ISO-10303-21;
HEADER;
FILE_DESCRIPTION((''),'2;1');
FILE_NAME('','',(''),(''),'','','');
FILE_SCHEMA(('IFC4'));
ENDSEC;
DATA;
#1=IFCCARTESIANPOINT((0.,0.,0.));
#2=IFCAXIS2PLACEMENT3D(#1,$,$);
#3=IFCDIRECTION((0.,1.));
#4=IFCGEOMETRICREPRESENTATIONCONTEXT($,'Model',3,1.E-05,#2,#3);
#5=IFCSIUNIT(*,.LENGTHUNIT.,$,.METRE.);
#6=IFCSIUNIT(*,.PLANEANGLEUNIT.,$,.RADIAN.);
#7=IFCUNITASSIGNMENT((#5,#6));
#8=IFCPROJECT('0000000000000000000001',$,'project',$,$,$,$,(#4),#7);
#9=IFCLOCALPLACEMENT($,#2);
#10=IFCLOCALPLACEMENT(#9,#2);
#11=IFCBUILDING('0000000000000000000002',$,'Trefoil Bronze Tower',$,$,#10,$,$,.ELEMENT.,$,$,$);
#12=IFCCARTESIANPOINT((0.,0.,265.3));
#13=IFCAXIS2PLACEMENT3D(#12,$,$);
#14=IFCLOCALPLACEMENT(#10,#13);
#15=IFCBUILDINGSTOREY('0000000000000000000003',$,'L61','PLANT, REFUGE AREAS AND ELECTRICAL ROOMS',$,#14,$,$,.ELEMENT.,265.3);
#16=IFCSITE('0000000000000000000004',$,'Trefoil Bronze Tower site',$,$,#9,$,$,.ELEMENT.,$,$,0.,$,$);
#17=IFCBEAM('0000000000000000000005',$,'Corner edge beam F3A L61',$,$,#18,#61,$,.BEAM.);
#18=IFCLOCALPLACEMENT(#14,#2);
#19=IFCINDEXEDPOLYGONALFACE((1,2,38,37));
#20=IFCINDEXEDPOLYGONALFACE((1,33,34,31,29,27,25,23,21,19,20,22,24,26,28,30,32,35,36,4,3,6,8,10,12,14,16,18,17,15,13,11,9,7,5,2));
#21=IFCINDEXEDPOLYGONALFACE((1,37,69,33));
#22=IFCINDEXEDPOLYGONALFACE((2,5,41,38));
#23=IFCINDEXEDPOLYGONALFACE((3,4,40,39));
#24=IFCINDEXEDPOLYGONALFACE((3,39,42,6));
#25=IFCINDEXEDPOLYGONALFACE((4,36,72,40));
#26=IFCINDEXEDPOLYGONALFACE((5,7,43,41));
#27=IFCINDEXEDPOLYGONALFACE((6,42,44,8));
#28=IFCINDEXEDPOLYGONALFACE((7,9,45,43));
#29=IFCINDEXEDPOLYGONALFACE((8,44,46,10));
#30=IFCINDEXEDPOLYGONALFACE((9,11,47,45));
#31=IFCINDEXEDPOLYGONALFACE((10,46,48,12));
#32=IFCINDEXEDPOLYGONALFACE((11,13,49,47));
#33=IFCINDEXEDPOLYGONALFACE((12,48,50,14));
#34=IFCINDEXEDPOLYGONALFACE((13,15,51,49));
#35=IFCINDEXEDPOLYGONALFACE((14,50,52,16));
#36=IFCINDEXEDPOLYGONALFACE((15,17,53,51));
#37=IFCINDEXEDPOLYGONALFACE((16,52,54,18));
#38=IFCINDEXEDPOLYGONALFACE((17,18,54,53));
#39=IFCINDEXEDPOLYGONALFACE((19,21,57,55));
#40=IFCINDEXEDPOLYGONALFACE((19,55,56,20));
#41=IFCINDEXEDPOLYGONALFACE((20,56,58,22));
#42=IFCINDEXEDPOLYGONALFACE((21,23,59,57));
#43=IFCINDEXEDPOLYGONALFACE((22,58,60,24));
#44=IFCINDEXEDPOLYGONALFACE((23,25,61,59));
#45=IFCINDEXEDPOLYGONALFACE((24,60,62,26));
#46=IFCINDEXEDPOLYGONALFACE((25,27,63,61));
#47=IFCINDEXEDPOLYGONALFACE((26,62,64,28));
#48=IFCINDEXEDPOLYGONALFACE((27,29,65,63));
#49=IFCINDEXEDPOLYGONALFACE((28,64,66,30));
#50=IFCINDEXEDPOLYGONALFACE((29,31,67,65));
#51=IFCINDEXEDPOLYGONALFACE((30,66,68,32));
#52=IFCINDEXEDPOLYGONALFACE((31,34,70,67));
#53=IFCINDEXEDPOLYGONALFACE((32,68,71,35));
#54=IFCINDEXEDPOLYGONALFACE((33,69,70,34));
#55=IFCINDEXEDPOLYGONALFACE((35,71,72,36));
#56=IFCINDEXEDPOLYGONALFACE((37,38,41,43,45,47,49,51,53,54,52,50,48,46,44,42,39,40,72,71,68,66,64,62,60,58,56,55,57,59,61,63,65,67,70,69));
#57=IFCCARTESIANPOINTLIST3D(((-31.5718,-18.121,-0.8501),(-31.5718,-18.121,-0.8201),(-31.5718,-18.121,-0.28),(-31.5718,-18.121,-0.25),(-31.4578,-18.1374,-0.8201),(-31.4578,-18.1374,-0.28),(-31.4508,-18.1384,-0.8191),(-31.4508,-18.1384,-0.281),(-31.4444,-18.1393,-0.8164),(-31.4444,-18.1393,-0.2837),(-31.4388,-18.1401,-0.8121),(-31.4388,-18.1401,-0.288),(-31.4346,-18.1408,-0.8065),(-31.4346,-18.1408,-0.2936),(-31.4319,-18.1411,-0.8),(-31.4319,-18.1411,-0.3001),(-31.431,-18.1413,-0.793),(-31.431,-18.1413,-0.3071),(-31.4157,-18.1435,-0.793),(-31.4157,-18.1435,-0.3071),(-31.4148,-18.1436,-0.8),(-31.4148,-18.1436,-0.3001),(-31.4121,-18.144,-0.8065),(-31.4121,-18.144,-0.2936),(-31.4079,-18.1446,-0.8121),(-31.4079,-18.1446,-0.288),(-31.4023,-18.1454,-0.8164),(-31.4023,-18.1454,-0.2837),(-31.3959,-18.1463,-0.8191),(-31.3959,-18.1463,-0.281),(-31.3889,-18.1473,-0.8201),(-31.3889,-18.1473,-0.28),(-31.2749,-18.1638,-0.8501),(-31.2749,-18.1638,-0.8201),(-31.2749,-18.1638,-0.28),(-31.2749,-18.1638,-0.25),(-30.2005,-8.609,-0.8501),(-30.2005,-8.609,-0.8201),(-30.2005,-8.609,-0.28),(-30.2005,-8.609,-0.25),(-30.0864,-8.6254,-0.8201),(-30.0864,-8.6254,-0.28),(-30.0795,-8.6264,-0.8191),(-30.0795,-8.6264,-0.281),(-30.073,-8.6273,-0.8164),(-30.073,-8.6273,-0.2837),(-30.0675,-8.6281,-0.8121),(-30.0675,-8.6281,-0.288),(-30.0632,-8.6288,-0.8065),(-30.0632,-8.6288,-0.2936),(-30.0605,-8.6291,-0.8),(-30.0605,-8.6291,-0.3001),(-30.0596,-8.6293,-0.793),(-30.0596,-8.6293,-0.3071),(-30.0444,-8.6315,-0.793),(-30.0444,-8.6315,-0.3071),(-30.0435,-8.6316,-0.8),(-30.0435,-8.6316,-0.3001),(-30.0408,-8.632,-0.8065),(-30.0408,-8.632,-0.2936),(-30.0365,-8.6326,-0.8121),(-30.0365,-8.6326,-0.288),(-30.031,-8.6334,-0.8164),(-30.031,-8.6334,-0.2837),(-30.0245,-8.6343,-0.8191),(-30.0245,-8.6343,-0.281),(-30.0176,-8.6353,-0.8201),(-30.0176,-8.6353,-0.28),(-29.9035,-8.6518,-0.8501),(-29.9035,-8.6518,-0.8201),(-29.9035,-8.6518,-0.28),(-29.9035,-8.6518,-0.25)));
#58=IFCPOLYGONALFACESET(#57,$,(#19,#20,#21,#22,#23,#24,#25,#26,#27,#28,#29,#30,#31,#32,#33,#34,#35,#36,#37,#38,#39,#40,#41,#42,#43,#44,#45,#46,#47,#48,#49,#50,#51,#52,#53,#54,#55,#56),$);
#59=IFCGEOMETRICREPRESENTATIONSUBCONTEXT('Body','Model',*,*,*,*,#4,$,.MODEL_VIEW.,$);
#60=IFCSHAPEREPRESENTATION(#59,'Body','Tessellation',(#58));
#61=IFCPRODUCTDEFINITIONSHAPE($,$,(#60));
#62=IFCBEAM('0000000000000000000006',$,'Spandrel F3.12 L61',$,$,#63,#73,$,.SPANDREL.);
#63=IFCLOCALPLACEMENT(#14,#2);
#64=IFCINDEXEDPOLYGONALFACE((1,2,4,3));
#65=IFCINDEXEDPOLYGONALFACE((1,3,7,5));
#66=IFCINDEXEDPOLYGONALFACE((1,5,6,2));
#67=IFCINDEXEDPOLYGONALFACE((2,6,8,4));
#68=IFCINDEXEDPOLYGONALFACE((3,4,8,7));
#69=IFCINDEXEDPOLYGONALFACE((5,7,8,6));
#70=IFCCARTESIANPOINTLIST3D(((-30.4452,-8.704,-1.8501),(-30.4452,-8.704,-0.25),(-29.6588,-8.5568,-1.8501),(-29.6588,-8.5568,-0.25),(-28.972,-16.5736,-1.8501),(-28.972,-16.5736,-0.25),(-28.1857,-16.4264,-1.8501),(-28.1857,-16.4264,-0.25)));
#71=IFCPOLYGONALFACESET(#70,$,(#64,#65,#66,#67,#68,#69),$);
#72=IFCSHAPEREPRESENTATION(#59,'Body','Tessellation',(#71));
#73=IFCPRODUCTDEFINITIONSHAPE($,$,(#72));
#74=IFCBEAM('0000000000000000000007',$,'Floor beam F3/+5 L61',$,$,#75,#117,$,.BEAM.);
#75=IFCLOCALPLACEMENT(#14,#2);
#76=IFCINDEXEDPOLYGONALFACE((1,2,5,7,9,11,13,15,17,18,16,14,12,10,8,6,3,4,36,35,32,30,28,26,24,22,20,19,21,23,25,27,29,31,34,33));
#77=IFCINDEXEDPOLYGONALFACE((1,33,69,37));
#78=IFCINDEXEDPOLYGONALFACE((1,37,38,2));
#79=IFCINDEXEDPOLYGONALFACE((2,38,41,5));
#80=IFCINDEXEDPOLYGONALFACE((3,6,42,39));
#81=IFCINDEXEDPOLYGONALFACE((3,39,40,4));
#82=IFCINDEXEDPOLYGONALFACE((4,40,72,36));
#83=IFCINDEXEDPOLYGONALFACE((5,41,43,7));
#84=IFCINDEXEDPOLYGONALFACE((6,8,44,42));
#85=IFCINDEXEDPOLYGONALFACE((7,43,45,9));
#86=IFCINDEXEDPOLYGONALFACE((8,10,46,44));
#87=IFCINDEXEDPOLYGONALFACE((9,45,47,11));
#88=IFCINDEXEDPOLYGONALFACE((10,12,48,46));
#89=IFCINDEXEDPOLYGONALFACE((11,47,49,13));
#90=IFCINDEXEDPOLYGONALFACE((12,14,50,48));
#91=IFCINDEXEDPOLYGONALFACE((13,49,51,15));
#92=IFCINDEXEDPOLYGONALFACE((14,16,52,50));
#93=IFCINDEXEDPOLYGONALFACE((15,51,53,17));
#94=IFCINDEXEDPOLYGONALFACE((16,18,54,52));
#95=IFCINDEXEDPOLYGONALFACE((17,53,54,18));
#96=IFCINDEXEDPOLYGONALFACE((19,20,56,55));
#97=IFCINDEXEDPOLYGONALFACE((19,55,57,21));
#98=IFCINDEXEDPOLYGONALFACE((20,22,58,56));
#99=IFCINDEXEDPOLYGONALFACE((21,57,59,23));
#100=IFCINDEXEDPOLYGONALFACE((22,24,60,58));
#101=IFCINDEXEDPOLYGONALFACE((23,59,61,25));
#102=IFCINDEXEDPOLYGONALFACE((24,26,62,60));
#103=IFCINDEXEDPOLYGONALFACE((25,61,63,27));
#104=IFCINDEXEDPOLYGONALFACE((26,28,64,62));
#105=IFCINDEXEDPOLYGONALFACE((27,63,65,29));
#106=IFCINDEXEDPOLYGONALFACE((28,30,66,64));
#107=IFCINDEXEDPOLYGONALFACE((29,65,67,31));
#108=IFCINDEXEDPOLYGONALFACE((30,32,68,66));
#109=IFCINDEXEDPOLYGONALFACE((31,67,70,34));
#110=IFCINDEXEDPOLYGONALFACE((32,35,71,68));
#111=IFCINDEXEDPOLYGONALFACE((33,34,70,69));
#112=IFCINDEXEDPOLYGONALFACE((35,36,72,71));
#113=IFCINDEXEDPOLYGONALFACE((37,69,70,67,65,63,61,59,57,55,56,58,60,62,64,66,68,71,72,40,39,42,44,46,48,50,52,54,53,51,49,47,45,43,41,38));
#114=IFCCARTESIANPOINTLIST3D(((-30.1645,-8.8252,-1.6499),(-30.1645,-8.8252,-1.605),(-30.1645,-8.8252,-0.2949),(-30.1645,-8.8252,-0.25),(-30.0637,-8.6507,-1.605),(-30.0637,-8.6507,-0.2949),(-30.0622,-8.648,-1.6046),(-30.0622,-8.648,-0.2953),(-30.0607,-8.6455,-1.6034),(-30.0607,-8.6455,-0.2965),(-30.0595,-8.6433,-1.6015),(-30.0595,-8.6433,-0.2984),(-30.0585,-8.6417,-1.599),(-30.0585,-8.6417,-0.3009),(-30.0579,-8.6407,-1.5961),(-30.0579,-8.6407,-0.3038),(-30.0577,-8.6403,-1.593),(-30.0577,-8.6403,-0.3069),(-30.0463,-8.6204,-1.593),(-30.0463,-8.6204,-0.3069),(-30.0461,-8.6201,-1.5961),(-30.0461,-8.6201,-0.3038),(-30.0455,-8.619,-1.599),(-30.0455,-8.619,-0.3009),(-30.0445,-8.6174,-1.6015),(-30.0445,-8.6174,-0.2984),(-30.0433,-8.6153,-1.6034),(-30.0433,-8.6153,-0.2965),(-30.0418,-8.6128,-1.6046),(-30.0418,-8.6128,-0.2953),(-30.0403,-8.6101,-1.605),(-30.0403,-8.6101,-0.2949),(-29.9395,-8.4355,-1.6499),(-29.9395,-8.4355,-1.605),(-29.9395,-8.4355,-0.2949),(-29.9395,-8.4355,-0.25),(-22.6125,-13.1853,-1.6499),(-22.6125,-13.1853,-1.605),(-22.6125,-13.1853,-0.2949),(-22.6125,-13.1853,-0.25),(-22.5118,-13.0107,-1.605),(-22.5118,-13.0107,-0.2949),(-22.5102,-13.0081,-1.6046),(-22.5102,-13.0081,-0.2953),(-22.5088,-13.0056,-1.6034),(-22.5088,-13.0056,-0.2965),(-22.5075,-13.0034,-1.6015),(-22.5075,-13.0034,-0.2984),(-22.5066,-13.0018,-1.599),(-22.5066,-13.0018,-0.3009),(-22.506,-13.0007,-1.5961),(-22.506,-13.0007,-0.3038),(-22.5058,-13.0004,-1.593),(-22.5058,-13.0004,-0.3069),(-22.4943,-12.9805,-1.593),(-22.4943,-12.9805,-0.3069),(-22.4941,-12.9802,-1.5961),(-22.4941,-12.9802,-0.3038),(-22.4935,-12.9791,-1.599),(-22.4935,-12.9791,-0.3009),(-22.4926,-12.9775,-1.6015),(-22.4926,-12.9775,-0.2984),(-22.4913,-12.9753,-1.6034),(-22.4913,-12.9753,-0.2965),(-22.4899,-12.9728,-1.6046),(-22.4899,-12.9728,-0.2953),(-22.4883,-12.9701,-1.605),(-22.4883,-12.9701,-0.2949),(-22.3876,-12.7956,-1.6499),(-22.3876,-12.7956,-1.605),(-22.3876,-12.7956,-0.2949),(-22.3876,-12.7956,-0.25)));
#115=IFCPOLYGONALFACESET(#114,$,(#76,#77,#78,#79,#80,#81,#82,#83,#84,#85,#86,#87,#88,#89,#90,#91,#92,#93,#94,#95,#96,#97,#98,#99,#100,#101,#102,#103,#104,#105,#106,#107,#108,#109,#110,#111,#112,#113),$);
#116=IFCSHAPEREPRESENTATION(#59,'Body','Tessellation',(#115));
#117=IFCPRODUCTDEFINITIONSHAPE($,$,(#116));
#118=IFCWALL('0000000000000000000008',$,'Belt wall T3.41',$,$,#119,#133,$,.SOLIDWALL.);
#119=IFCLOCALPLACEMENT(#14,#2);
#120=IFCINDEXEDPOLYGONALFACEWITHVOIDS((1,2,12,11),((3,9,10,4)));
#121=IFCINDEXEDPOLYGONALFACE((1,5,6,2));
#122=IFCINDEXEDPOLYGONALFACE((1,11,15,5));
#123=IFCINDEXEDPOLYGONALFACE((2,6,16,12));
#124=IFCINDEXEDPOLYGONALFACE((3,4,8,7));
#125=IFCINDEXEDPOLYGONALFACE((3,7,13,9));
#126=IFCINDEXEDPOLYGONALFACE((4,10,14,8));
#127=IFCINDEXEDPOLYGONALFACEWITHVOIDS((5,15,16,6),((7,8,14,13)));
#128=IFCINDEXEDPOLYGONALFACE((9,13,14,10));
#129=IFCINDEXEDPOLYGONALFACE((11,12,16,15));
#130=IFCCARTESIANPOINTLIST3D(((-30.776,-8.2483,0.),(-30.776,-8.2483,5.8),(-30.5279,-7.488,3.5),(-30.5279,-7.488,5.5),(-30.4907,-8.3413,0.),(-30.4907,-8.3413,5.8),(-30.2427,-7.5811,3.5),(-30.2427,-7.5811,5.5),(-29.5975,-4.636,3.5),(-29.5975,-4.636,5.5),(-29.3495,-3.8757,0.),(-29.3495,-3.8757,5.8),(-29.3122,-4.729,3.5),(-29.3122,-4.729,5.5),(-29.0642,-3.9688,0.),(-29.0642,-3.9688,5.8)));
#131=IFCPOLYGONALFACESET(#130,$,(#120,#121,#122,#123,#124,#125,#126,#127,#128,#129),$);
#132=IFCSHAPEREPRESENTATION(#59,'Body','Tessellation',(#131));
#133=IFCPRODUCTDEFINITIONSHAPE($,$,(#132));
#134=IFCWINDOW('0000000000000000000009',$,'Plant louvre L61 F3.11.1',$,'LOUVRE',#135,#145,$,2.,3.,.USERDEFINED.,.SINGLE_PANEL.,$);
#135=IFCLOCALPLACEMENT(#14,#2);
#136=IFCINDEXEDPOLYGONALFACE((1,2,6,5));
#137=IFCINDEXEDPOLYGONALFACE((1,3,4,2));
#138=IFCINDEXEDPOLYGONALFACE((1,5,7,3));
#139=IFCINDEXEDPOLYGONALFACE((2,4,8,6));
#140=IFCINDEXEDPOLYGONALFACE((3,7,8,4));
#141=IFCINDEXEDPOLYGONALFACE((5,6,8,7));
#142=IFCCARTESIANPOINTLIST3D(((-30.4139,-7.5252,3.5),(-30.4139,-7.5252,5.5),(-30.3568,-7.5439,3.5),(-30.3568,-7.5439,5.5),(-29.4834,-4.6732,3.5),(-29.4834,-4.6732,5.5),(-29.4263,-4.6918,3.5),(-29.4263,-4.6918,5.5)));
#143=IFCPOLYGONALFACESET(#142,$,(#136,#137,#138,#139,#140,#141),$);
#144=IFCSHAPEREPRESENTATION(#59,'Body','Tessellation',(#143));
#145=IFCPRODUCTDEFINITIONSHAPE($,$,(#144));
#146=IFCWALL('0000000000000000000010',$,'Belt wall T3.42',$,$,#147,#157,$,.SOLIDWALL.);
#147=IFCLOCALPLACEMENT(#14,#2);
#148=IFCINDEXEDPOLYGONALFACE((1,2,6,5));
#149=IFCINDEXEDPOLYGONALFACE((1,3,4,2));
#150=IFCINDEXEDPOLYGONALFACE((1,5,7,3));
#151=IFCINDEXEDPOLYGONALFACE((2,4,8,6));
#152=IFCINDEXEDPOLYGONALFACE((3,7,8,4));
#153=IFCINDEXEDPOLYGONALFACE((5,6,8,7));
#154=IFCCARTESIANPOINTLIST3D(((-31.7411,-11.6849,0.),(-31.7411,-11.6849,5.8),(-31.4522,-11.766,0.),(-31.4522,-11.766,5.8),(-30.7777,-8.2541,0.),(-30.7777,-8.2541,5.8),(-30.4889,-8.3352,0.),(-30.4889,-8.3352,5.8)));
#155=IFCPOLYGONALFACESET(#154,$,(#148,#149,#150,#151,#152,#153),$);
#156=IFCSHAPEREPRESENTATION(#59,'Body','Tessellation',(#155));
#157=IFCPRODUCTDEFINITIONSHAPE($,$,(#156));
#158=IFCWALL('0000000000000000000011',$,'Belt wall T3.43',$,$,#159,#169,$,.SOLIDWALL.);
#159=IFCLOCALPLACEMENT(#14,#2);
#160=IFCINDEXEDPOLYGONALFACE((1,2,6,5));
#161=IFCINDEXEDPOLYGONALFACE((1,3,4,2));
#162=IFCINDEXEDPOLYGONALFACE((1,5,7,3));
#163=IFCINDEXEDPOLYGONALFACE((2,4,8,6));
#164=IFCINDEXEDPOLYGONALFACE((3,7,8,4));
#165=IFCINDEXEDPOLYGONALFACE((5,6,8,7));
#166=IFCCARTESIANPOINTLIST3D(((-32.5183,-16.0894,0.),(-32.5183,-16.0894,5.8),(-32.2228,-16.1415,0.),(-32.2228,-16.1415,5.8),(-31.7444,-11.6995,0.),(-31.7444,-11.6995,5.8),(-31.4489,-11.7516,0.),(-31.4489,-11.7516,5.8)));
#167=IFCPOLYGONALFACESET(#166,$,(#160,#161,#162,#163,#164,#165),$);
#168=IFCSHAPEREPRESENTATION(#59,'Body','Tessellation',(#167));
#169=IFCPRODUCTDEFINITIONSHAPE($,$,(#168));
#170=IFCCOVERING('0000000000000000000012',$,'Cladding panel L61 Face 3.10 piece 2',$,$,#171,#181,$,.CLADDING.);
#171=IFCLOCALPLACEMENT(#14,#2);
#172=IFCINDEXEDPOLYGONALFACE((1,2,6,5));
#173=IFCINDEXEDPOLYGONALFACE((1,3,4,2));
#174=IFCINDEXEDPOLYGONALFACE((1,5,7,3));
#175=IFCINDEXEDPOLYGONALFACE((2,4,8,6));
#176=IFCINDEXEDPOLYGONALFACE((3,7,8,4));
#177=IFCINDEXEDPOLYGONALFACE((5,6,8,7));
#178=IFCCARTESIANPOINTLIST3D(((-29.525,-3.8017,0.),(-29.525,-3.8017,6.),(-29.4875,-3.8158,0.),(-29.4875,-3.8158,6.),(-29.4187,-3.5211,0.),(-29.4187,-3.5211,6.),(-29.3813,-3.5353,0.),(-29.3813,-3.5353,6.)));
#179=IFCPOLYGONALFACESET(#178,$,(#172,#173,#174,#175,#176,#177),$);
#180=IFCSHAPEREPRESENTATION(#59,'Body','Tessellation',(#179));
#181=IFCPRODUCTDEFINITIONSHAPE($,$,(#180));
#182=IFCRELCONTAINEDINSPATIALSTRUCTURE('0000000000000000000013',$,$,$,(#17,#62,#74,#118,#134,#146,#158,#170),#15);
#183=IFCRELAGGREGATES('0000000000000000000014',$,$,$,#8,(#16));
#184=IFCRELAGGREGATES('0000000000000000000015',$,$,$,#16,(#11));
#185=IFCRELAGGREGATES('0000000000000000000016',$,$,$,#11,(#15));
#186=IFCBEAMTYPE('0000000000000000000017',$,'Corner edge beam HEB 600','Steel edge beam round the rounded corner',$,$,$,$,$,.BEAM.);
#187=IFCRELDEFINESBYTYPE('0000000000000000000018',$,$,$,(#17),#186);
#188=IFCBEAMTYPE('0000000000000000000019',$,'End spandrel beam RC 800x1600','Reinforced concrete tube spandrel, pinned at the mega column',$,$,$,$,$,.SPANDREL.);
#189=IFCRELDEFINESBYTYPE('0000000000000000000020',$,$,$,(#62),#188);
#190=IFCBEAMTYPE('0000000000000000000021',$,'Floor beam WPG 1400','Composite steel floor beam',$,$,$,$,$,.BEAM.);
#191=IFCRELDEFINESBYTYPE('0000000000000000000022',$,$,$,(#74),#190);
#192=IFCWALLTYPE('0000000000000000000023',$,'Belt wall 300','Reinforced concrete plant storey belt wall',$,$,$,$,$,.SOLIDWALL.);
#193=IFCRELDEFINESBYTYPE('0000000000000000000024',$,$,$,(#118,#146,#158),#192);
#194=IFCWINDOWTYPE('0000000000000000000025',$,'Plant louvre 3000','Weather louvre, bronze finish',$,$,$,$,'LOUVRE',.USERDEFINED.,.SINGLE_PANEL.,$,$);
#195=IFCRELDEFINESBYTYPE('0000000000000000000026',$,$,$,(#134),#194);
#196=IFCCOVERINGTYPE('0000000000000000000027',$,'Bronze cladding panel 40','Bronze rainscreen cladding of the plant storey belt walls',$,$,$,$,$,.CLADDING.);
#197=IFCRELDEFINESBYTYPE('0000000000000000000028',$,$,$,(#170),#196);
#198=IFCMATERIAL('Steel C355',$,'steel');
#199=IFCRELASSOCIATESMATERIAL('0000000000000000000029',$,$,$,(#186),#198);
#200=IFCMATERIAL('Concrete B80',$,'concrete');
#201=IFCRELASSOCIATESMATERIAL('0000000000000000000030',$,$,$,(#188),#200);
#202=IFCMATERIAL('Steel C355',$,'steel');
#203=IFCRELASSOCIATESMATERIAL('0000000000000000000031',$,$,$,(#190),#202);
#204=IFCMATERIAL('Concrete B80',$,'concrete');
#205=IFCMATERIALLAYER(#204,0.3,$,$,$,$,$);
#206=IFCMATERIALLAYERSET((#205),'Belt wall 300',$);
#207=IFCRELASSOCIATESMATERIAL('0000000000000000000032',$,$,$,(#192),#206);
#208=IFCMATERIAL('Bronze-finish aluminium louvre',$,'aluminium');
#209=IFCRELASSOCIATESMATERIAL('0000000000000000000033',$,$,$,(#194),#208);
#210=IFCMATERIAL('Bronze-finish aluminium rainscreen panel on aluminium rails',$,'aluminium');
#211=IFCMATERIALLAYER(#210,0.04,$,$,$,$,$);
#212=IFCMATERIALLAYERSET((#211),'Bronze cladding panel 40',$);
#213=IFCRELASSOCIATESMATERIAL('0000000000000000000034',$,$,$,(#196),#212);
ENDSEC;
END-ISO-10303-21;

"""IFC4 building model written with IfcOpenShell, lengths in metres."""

from ifc_helpers import new_model, si_unit, direction, frame, frame_2d, origin, origin_2d, place, context, subcontext, project, spatial, rectangle, i_section, extrude, material, layer, layer_set, material_profile, profile_set, type_object, element, fill, save


model = new_model("IFC4")

# Units and contexts
model_context = context("Model", 3, precision=1e-05, world=origin(), true_north=direction((0.0, 1.0)))
body_context = subcontext(model_context, "Body", "Model", "MODEL_VIEW")
ifc_project = project(units=[si_unit("LENGTHUNIT", "METRE"), si_unit("PLANEANGLEUNIT", "RADIAN")], contexts=[model_context])

# Site, building, storey
site_placement = place(None, origin())
site = spatial("IfcSite", under=ifc_project, at=site_placement, Name="Trefoil Bronze Tower site", CompositionType="ELEMENT", RefElevation=0.0)
building_placement = place(site_placement, origin())
building = spatial("IfcBuilding", under=site, at=building_placement, Name="Trefoil Bronze Tower", CompositionType="ELEMENT")
storey_placement = place(building_placement, frame((0.0, 0.0, 265.3)))
storey = spatial("IfcBuildingStorey", under=building, at=storey_placement, Name="L61", Description="PLANT, REFUGE AREAS AND ELECTRICAL ROOMS", CompositionType="ELEMENT", Elevation=265.3)

# Beams
ifc_material_1 = material(Name="Steel C355", Category="steel")
ifc_material_profile_1 = material_profile(ifc_material_1, i_section(OverallWidth=0.3, OverallDepth=0.6001, WebThickness=0.0154, FlangeThickness=0.03, FilletRadius=0.0271, at=origin_2d()), Name="HEB 600")
ifc_profile_set_1 = profile_set([ifc_material_profile_1], Name="Steel C355")
beam_type_1 = type_object("IfcBeamType", Name="Corner edge beam HEB 600", Description="Steel edge beam round the rounded corner", PredefinedType="BEAM", material=ifc_profile_set_1)
beam_1_placement = place(storey_placement, frame((-30.052, -8.6304, -0.55), z_axis=(-0.142694, -0.989767, 0.0), x_axis=(0.989767, -0.142694, 0.0)))
element("IfcBeam", 1, at=beam_1_placement, inside=storey, type_object=beam_type_1, Name="Corner edge beam F3A L61", PredefinedType="BEAM", context=body_context, shape_type="SweptSolid", body=[
    extrude(i_section(OverallWidth=0.3, OverallDepth=0.6001, WebThickness=0.0154, FlangeThickness=0.03, FilletRadius=0.0271, at=origin_2d()), origin(), (0.0, 0.0, 1.0), 9.6104),
])
ifc_material_2 = material(Name="Concrete B80", Category="concrete")
ifc_material_profile_2 = material_profile(ifc_material_2, rectangle(XDim=0.8, YDim=1.6001, at=origin_2d()), Name="RC 800x1600")
ifc_profile_set_2 = profile_set([ifc_material_profile_2], Name="Concrete B80")
beam_type_2 = type_object("IfcBeamType", Name="End spandrel beam RC 800x1600", Description="Reinforced concrete tube spandrel, pinned at the mega column", PredefinedType="SPANDREL", material=ifc_profile_set_2)
beam_2_placement = place(storey_placement, frame((-30.052, -8.6304, -1.05), z_axis=(0.183998, -0.982927, 0.0), x_axis=(0.982927, 0.183998, 0.0)))
element("IfcBeam", 2, at=beam_2_placement, inside=storey, type_object=beam_type_2, Name="Spandrel F3.12 L61", PredefinedType="SPANDREL", context=body_context, shape_type="SweptSolid", body=[
    extrude(rectangle(XDim=0.8, YDim=1.6001, at=origin_2d()), origin(), (0.0, 0.0, 1.0), 8.0063),
])
ifc_material_3 = material(Name="Steel C355", Category="steel")
ifc_material_profile_3 = material_profile(ifc_material_3, i_section(OverallWidth=0.45, OverallDepth=1.3999, WebThickness=0.0229, FlangeThickness=0.0449, FilletRadius=0.012, at=origin_2d()), Name="WPG 1400")
ifc_profile_set_3 = profile_set([ifc_material_profile_3], Name="Steel C355")
beam_type_3 = type_object("IfcBeamType", Name="Floor beam WPG 1400", Description="Composite steel floor beam", PredefinedType="BEAM", material=ifc_profile_set_3)
beam_3_placement = place(storey_placement, frame((-30.052, -8.6304, -0.95), z_axis=(0.866028, -0.499996, 0.0), x_axis=(0.499996, 0.866028, 0.0)))
element("IfcBeam", 3, at=beam_3_placement, inside=storey, type_object=beam_type_3, Name="Floor beam F3/+5 L61", PredefinedType="BEAM", context=body_context, shape_type="SweptSolid", body=[
    extrude(i_section(OverallWidth=0.45, OverallDepth=1.3999, WebThickness=0.0229, FlangeThickness=0.0449, FilletRadius=0.012, at=origin_2d()), origin(), (0.0, 0.0, 1.0), 8.7202),
])

# Wall, opening, window
ifc_material_4 = material(Name="Concrete B80", Category="concrete")
ifc_layer_1 = layer(ifc_material_4, 0.3)
ifc_layer_set_1 = layer_set([ifc_layer_1], Name="Belt wall 300")
wall_type = type_object("IfcWallType", Name="Belt wall 300", Description="Reinforced concrete plant storey belt wall", PredefinedType="SOLIDWALL", material=ifc_layer_set_1)
wall_1_placement = place(storey_placement, frame((-29.2068, -3.9221, 0.0), z_axis=(0.0, 0.0, 1.0), x_axis=(-0.310154, -0.950686, 0.0)))
wall_1 = element("IfcWall", 4, at=wall_1_placement, inside=storey, type_object=wall_type, Name="Belt wall T3.41", PredefinedType="SOLIDWALL", context=body_context, shape_type="SweptSolid", body=[
    extrude(rectangle(XDim=4.5994, YDim=0.3, at=frame_2d((2.2998, 0.0))), origin(), (0.0, 0.0, 1.0), 5.8),
])
opening_placement = place(wall_1_placement, frame((0.7998, 0.0, 3.5)))
opening = element("IfcOpeningElement", 5, at=opening_placement, cuts=wall_1, PredefinedType="OPENING", context=body_context, shape_type="SweptSolid", body=[
    extrude(rectangle(XDim=3.0, YDim=2.0, at=frame_2d((1.5, 1.0))), frame((0.0, 0.1599, 0.0), z_axis=(0.0, -1.0, 0.0), x_axis=(1.0, 0.0, 0.0)), (0.0, 0.0, 1.0), 0.3201),
])
ifc_material_5 = material(Name="Bronze-finish aluminium louvre", Category="aluminium")
window_type = type_object("IfcWindowType", Name="Plant louvre 3000", Description="Weather louvre, bronze finish", ElementType="LOUVRE", PartitioningType="SINGLE_PANEL", PredefinedType="USERDEFINED", material=ifc_material_5)
window_placement = place(opening_placement, origin())
window = element("IfcWindow", 6, at=window_placement, inside=storey, type_object=window_type, Name="Plant louvre L61 F3.11.1", ObjectType="LOUVRE", OverallHeight=2.0, OverallWidth=3.0, PartitioningType="SINGLE_PANEL", PredefinedType="USERDEFINED", context=body_context, shape_type="SweptSolid", body=[
    extrude(rectangle(XDim=3.0, YDim=2.0, at=frame_2d((1.5, 1.0))), frame((0.0, 0.03, 0.0), z_axis=(0.0, -1.0, 0.0), x_axis=(1.0, 0.0, 0.0)), (0.0, 0.0, 1.0), 0.0601),
])
fill(opening, window)

# Walls
wall_2_placement = place(storey_placement, frame((-30.6333, -8.2947, 0.0), z_axis=(0.0, 0.0, 1.0), x_axis=(-0.270339, -0.962765, 0.0)))
element("IfcWall", 7, at=wall_2_placement, inside=storey, type_object=wall_type, Name="Belt wall T3.42", PredefinedType="SOLIDWALL", context=body_context, shape_type="SweptSolid", body=[
    extrude(rectangle(XDim=3.5635, YDim=0.3, at=frame_2d((1.7817, 0.0))), origin(), (0.0, 0.0, 1.0), 5.8),
])
wall_3_placement = place(storey_placement, frame((-31.5967, -11.7256, 0.0), z_axis=(0.0, 0.0, 1.0), x_axis=(-0.17362, -0.984813, 0.0)))
element("IfcWall", 8, at=wall_3_placement, inside=storey, type_object=wall_type, Name="Belt wall T3.43", PredefinedType="SOLIDWALL", context=body_context, shape_type="SweptSolid", body=[
    extrude(rectangle(XDim=4.4575, YDim=0.3, at=frame_2d((2.2288, 0.0))), origin(), (0.0, 0.0, 1.0), 5.8),
])

# Covering
ifc_material_6 = material(Name="Bronze-finish aluminium rainscreen panel on aluminium rails", Category="aluminium")
ifc_layer_2 = layer(ifc_material_6, 0.04)
ifc_layer_set_2 = layer_set([ifc_layer_2], Name="Bronze cladding panel 40")
covering_type_1 = type_object("IfcCoveringType", Name="Bronze cladding panel 40", Description="Bronze rainscreen cladding of the plant storey belt walls", PredefinedType="CLADDING", material=ifc_layer_set_2)
covering_1_placement = place(storey_placement, frame((-29.4531, -3.6685, 0.0), z_axis=(0.0, 0.0, 1.0), x_axis=(-0.354234, -0.935157, 0.0)))
element("IfcCovering", 9, at=covering_1_placement, inside=storey, type_object=covering_type_1, Name="Cladding panel L61 Face 3.10 piece 2", PredefinedType="CLADDING", context=body_context, shape_type="SweptSolid", body=[
    extrude(rectangle(XDim=0.3, YDim=0.04, at=origin_2d()), origin(), (0.0, 0.0, 1.0), 6.0),
])

save(model, "model.ifc")
